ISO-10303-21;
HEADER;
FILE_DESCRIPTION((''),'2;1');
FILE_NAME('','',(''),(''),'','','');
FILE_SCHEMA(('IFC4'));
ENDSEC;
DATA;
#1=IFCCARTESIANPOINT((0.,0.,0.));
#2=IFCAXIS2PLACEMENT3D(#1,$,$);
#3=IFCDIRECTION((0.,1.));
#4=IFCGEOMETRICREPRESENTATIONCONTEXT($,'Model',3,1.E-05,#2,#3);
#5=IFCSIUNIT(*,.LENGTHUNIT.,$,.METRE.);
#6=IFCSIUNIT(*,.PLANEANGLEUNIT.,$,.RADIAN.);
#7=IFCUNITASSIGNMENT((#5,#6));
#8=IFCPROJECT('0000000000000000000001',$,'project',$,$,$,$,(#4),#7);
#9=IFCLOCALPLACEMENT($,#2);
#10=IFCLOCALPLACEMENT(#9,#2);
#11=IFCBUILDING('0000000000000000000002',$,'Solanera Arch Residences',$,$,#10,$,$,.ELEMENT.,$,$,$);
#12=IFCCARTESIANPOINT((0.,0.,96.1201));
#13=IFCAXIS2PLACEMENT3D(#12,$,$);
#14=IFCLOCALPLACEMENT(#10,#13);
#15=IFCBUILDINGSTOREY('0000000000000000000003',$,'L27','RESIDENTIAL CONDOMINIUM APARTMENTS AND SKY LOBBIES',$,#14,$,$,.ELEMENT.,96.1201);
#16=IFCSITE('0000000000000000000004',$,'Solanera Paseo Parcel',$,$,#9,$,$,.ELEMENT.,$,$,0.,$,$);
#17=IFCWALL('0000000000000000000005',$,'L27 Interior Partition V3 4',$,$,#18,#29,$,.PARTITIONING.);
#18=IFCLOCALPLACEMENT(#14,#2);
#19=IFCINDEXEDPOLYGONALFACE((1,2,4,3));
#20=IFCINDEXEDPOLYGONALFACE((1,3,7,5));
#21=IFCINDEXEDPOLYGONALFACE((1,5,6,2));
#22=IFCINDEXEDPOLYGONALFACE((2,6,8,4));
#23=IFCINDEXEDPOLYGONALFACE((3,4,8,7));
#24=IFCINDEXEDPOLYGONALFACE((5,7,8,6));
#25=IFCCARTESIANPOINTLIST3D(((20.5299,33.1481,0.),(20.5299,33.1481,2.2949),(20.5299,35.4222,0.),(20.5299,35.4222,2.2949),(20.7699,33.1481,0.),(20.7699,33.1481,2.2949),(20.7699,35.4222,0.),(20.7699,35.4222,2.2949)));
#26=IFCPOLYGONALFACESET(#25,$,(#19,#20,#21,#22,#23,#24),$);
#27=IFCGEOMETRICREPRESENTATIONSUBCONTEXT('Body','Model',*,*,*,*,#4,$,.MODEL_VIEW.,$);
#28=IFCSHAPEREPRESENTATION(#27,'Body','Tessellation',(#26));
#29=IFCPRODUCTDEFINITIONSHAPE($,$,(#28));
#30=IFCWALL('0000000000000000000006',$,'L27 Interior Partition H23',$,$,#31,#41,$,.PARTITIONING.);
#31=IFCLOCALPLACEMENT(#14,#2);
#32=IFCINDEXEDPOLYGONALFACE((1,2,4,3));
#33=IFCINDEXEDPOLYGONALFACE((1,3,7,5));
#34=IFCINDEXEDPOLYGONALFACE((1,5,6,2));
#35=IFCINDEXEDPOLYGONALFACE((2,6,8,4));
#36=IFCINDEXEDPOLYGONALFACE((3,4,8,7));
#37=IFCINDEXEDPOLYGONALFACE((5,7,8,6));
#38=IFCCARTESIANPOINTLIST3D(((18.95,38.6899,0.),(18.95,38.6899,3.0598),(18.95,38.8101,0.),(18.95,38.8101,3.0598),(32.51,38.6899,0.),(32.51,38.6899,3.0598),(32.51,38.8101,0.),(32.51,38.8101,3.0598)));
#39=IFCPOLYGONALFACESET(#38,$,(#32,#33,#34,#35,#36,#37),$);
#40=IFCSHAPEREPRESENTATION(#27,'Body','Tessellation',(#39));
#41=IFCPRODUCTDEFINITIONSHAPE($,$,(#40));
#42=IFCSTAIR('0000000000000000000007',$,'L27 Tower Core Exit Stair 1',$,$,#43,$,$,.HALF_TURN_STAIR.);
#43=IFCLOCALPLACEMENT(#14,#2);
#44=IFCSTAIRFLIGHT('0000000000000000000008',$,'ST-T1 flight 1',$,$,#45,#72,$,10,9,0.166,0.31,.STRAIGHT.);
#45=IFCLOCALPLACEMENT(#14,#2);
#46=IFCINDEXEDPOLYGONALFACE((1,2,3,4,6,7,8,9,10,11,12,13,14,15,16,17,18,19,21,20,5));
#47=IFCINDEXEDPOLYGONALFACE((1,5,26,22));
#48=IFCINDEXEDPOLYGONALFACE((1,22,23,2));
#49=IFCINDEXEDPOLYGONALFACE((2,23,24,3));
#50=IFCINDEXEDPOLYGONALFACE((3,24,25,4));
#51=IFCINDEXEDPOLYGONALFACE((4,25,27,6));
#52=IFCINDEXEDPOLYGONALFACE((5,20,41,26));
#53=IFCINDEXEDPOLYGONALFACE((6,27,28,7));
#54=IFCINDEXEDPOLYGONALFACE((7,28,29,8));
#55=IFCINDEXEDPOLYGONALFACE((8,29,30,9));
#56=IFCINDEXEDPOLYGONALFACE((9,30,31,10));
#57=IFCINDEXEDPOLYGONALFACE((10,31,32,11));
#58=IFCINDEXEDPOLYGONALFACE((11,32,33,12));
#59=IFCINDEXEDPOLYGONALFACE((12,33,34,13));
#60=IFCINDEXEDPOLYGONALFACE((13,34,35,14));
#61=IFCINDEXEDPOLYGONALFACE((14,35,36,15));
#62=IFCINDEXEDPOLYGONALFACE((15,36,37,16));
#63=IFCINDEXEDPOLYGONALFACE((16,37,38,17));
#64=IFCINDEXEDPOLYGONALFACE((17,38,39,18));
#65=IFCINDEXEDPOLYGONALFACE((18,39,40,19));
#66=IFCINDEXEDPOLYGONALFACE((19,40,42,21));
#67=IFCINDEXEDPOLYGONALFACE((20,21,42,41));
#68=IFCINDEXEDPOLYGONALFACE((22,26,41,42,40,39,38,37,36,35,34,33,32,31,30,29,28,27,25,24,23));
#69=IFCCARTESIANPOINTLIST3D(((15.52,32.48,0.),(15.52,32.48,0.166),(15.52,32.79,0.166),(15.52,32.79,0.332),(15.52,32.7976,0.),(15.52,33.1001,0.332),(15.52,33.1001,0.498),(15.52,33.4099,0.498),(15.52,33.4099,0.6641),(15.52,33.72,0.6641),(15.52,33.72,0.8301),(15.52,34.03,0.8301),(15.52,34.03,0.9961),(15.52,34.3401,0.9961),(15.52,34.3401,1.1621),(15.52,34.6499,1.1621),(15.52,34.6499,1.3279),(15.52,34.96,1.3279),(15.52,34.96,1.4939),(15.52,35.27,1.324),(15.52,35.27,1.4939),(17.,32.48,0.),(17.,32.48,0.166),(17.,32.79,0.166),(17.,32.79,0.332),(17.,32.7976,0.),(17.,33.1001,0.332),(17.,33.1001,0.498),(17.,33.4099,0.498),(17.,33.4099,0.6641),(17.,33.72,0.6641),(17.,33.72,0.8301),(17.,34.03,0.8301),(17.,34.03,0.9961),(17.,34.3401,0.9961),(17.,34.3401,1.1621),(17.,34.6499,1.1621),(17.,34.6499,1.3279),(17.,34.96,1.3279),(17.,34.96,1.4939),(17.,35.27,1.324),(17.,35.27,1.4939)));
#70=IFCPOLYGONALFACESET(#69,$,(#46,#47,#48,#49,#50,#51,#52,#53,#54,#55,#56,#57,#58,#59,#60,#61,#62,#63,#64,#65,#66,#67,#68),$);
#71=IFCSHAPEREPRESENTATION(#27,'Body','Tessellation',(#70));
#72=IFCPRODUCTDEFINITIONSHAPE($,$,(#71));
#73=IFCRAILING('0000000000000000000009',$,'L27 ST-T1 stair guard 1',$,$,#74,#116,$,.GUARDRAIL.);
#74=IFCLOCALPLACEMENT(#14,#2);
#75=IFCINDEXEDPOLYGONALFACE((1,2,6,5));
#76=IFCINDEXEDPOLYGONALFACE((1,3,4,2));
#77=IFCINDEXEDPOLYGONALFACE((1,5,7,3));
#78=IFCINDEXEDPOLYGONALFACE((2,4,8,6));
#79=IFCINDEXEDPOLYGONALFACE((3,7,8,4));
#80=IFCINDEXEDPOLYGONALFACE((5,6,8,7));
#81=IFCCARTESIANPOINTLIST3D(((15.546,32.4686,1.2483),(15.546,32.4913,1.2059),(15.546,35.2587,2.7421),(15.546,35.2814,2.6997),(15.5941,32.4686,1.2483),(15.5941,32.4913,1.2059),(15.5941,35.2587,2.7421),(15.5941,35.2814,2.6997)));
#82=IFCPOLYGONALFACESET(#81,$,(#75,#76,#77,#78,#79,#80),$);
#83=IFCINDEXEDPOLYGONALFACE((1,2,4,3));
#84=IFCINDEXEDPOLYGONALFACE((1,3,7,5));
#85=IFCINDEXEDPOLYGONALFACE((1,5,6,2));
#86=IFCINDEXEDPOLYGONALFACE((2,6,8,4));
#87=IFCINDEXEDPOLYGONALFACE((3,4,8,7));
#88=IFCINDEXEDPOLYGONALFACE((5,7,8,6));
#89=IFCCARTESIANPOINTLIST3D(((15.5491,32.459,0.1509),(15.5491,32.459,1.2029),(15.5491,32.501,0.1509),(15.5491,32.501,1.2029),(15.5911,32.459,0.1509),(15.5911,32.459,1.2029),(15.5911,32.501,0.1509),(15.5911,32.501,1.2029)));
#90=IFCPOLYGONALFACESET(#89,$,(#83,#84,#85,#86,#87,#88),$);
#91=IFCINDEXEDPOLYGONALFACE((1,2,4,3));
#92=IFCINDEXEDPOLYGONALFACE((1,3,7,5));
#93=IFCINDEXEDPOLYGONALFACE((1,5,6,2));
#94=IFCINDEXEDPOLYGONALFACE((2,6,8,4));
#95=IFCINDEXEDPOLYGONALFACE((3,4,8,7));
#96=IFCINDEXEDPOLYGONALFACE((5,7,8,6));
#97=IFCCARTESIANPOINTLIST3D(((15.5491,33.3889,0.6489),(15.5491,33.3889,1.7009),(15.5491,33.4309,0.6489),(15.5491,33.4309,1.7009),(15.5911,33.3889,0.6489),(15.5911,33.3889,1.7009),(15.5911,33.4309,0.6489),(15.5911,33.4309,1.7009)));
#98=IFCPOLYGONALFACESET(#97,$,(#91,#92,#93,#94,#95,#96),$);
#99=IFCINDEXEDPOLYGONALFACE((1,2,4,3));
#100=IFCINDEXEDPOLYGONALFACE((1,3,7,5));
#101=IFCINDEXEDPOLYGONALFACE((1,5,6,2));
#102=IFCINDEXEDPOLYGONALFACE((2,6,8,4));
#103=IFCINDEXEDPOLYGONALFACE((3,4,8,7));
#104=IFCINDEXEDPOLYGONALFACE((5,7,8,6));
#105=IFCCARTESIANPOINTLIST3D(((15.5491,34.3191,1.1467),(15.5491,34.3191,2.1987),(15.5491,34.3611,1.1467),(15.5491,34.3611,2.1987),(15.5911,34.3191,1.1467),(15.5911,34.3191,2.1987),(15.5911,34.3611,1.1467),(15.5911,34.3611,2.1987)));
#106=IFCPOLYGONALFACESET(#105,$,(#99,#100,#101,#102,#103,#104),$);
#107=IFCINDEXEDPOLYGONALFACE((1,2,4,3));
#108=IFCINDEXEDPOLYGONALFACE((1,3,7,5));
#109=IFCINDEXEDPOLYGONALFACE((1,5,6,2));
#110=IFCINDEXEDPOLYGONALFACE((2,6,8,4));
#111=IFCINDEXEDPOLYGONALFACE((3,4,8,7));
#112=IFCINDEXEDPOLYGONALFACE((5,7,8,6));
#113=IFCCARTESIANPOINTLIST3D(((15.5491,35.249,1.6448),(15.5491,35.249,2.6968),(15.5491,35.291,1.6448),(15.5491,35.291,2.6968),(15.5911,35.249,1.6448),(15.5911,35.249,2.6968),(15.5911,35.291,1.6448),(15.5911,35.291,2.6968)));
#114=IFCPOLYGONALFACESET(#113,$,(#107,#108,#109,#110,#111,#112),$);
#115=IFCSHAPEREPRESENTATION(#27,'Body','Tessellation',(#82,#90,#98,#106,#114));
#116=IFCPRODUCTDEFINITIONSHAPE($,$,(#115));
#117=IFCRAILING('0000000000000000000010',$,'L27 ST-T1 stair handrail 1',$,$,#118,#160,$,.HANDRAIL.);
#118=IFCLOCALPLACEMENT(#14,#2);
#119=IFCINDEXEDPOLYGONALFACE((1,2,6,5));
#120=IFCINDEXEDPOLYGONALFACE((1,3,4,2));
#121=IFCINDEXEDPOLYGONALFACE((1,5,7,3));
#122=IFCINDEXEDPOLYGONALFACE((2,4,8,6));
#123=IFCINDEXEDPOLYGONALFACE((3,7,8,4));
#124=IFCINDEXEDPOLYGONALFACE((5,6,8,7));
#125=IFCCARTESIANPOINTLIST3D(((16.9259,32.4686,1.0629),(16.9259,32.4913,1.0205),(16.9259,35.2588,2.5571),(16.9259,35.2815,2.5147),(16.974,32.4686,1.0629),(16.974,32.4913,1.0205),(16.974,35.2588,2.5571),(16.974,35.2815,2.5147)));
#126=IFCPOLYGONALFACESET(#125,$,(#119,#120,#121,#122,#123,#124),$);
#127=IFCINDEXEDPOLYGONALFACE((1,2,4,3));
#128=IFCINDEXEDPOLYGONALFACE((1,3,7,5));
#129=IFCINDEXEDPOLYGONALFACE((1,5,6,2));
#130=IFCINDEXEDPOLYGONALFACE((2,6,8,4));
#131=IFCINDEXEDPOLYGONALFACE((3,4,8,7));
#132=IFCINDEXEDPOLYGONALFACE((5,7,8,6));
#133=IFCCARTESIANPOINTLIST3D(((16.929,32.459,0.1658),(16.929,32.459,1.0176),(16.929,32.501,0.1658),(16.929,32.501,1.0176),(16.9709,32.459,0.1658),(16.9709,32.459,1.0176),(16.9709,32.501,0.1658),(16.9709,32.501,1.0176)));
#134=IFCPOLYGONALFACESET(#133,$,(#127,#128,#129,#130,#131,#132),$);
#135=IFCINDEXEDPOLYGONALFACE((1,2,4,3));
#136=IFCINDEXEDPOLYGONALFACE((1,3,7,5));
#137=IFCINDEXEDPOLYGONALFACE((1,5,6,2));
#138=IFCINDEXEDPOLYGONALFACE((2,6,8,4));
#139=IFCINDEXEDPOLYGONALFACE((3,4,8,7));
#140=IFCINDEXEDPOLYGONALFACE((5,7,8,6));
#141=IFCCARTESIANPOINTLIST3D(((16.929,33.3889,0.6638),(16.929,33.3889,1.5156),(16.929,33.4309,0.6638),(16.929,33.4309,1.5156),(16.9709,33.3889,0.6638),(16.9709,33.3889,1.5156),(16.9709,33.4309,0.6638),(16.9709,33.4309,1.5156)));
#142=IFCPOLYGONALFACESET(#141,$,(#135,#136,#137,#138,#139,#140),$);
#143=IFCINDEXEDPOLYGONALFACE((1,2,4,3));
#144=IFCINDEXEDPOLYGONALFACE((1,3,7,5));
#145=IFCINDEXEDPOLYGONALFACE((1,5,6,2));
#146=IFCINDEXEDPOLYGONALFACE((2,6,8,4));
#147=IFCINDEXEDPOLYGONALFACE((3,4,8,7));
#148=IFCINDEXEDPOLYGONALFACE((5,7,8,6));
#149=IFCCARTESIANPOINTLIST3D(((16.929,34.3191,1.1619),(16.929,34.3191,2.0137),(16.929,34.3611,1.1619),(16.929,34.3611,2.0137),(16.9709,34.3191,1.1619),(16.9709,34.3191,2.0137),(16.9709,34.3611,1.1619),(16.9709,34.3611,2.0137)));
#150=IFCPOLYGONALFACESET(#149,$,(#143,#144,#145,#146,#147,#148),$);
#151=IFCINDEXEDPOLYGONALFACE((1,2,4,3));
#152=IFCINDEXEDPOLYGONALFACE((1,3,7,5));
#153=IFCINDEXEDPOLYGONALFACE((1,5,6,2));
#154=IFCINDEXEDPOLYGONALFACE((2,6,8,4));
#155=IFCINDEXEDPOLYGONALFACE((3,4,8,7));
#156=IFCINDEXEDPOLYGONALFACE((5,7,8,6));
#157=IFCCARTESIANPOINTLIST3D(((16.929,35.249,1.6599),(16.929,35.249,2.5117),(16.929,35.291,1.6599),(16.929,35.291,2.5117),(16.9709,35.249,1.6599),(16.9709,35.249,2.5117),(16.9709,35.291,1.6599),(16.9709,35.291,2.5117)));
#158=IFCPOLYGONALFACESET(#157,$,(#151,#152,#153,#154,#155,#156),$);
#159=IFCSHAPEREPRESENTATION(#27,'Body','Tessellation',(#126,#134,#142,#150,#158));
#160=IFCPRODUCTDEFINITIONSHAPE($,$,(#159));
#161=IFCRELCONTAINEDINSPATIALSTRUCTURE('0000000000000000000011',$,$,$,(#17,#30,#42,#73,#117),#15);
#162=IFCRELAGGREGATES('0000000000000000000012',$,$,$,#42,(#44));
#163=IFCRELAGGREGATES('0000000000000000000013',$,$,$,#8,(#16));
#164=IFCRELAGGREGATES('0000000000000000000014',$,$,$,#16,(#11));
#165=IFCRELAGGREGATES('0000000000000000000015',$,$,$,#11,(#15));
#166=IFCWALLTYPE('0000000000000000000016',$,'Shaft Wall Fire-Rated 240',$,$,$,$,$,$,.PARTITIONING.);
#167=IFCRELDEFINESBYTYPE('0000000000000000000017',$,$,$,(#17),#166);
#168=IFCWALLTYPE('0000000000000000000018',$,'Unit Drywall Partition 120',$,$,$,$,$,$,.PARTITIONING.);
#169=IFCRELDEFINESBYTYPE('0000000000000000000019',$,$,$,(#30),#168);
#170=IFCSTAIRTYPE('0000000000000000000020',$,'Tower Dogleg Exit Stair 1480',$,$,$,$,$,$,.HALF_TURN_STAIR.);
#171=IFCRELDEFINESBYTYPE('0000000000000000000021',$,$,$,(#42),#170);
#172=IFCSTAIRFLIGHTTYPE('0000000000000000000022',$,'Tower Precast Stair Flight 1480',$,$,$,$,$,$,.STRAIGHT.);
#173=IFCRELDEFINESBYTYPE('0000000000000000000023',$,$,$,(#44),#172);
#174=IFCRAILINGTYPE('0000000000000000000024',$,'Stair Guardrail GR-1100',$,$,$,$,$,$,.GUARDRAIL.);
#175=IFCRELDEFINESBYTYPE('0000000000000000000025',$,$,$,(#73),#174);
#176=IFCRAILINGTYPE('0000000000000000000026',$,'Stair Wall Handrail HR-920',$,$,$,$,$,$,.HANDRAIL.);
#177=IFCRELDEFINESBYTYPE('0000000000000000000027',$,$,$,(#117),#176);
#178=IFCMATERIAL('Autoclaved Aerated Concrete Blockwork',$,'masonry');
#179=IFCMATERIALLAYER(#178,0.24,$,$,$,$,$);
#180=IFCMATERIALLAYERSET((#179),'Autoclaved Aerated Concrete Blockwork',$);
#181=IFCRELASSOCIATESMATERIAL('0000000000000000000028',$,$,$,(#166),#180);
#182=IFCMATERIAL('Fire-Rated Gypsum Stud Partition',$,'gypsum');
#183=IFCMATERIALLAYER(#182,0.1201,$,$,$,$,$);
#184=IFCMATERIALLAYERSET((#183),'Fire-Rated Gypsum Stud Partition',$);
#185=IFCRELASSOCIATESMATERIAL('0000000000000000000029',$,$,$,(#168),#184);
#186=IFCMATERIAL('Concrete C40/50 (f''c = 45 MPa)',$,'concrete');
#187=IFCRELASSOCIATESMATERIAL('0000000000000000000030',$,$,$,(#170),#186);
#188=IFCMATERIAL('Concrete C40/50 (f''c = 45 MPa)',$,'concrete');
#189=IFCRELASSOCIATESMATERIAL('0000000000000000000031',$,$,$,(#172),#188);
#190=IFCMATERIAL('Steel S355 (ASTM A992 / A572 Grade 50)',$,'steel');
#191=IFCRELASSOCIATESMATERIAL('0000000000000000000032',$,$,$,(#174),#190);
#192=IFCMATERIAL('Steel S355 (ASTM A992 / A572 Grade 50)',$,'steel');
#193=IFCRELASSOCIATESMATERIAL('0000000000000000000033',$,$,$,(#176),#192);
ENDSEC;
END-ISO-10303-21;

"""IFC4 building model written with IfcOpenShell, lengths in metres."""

from ifc_helpers import new_model, si_unit, direction, frame, frame_2d, origin, origin_2d, place, context, subcontext, project, spatial, polyline, rectangle, outline, extrude, material, layer, layer_set, type_object, element, aggregate, save


model = new_model("IFC4")

# Units and contexts
model_context = context("Model", 3, precision=1e-05, world=origin(), true_north=direction((0.0, 1.0)))
body_context = subcontext(model_context, "Body", "Model", "MODEL_VIEW")
ifc_project = project(units=[si_unit("LENGTHUNIT", "METRE"), si_unit("PLANEANGLEUNIT", "RADIAN")], contexts=[model_context])

# Site, building, storey
site_placement = place(None, origin())
site = spatial("IfcSite", under=ifc_project, at=site_placement, Name="Solanera Paseo Parcel", CompositionType="ELEMENT", RefElevation=0.0)
building_placement = place(site_placement, origin())
building = spatial("IfcBuilding", under=site, at=building_placement, Name="Solanera Arch Residences", CompositionType="ELEMENT")
storey_placement = place(building_placement, frame((0.0, 0.0, 96.1201)))
storey = spatial("IfcBuildingStorey", under=building, at=storey_placement, Name="L27", Description="RESIDENTIAL CONDOMINIUM APARTMENTS AND SKY LOBBIES", CompositionType="ELEMENT", Elevation=96.1201)

# Shared definitions
ifc_material_1 = material(Name="Autoclaved Aerated Concrete Blockwork", Category="masonry")
ifc_layer_1 = layer(ifc_material_1, 0.24)
ifc_layer_set_1 = layer_set([ifc_layer_1], Name="Autoclaved Aerated Concrete Blockwork")
wall_type_1 = type_object("IfcWallType", Name="Shaft Wall Fire-Rated 240", PredefinedType="PARTITIONING", material=ifc_layer_set_1)

# Walls
wall_1_placement = place(storey_placement, frame((20.6499, 33.1479, 0.0), z_axis=(0.0, 0.0, 1.0), x_axis=(0.0, 1.0, 0.0)))
element("IfcWall", 1, at=wall_1_placement, inside=storey, type_object=wall_type_1, Name="L27 Interior Partition V3 4", PredefinedType="PARTITIONING", context=body_context, shape_type="SweptSolid", body=[
    extrude(rectangle(XDim=2.2742, YDim=0.24, at=frame_2d((1.1372, 0.0))), origin(), (0.0, 0.0, 1.0), 2.2949),
])
ifc_material_2 = material(Name="Fire-Rated Gypsum Stud Partition", Category="gypsum")
ifc_layer_2 = layer(ifc_material_2, 0.1201)
ifc_layer_set_2 = layer_set([ifc_layer_2], Name="Fire-Rated Gypsum Stud Partition")
wall_type_2 = type_object("IfcWallType", Name="Unit Drywall Partition 120", PredefinedType="PARTITIONING", material=ifc_layer_set_2)
wall_2_placement = place(storey_placement, frame((18.95, 38.75, 0.0), z_axis=(0.0, 0.0, 1.0), x_axis=(1.0, 0.0, 0.0)))
element("IfcWall", 2, at=wall_2_placement, inside=storey, type_object=wall_type_2, Name="L27 Interior Partition H23", PredefinedType="PARTITIONING", context=body_context, shape_type="SweptSolid", body=[
    extrude(rectangle(XDim=13.5601, YDim=0.1201, at=frame_2d((6.78, 0.0))), origin(), (0.0, 0.0, 1.0), 3.0598),
])

# Stair, stair flight
ifc_material_3 = material(Name="Concrete C40/50 (f'c = 45 MPa)", Category="concrete")
stair_type = type_object("IfcStairType", Name="Tower Dogleg Exit Stair 1480", PredefinedType="HALF_TURN_STAIR", material=ifc_material_3)
stair_placement = place(storey_placement, origin())
stair = element("IfcStair", 3, at=stair_placement, inside=storey, type_object=stair_type, Name="L27 Tower Core Exit Stair 1", PredefinedType="HALF_TURN_STAIR")
ifc_material_4 = material(Name="Concrete C40/50 (f'c = 45 MPa)", Category="concrete")
stair_flight_type = type_object("IfcStairFlightType", Name="Tower Precast Stair Flight 1480", PredefinedType="STRAIGHT", material=ifc_material_4)
stair_flight_placement = place(storey_placement, frame((16.26, 32.48, 0.0), z_axis=(0.0, 0.0, 1.0), x_axis=(0.0, 1.0, 0.0)))
stair_flight = element("IfcStairFlight", 4, at=stair_flight_placement, type_object=stair_flight_type, Name="ST-T1 flight 1", NumberOfRisers=10, NumberOfTreads=9, PredefinedType="STRAIGHT", RiserHeight=0.166, TreadLength=0.31, context=body_context, shape_type="SweptSolid", body=[
    extrude(outline(polyline([(0.0, 0.0), (0.0, 0.166), (0.3101, 0.166), (0.3101, 0.332), (0.6201, 0.332), (0.6201, 0.498), (0.9299, 0.498), (0.9299, 0.6641), (1.24, 0.6641), (1.24, 0.8301), (1.55, 0.8301), (1.55, 0.9961), (1.8601, 0.9961), (1.8601, 1.1621), (2.1699, 1.1621), (2.1699, 1.3279), (2.48, 1.3279), (2.48, 1.4939), (2.79, 1.4939), (2.79, 1.6599), (2.79, 1.324), (0.3176, 0.0), (0.0, 0.0)])), frame((0.0, 0.74, 0.0), z_axis=(0.0, -1.0, 0.0), x_axis=(1.0, 0.0, 0.0)), (0.0, 0.0, 1.0), 1.48),
])
aggregate(stair, [stair_flight])

# Railings
ifc_material_5 = material(Name="Steel S355 (ASTM A992 / A572 Grade 50)", Category="steel")
railing_type_1 = type_object("IfcRailingType", Name="Stair Guardrail GR-1100", PredefinedType="GUARDRAIL", material=ifc_material_5)
railing_1_placement = place(storey_placement, frame((15.5701, 32.48, 0.1509)))
element("IfcRailing", 5, at=railing_1_placement, inside=storey, type_object=railing_type_1, Name="L27 ST-T1 stair guard 1", PredefinedType="GUARDRAIL", context=body_context, shape_type="SweptSolid", body=[
    extrude(rectangle(XDim=0.0481, YDim=0.0481, at=origin_2d()), frame((0.0, 0.0, 1.0762), z_axis=(0.0, 0.881581, 0.472033), x_axis=(-1.0, 0.0, 0.0)), (0.0, 0.0, 1.0), 3.1648),
    extrude(rectangle(XDim=0.042, YDim=0.042, at=origin_2d()), origin(), (0.0, 0.0, 1.0), 1.052),
    extrude(rectangle(XDim=0.042, YDim=0.042, at=origin_2d()), frame((0.0, 0.9299, 0.498)), (0.0, 0.0, 1.0), 1.052),
    extrude(rectangle(XDim=0.042, YDim=0.042, at=origin_2d()), frame((0.0, 1.8601, 0.9958)), (0.0, 0.0, 1.0), 1.052),
    extrude(rectangle(XDim=0.042, YDim=0.042, at=origin_2d()), frame((0.0, 2.79, 1.4939)), (0.0, 0.0, 1.0), 1.052),
])
ifc_material_6 = material(Name="Steel S355 (ASTM A992 / A572 Grade 50)", Category="steel")
railing_type_2 = type_object("IfcRailingType", Name="Stair Wall Handrail HR-920", PredefinedType="HANDRAIL", material=ifc_material_6)
railing_2_placement = place(storey_placement, frame((16.95, 32.48, 0.1658)))
element("IfcRailing", 6, at=railing_2_placement, inside=storey, type_object=railing_type_2, Name="L27 ST-T1 stair handrail 1", PredefinedType="HANDRAIL", context=body_context, shape_type="SweptSolid", body=[
    extrude(rectangle(XDim=0.0481, YDim=0.0481, at=origin_2d()), frame((0.0, 0.0, 0.876), z_axis=(0.0, 0.881549, 0.472093), x_axis=(-1.0, 0.0, 0.0)), (0.0, 0.0, 1.0), 3.165),
    extrude(rectangle(XDim=0.042, YDim=0.042, at=origin_2d()), origin(), (0.0, 0.0, 1.0), 0.8518),
    extrude(rectangle(XDim=0.042, YDim=0.042, at=origin_2d()), frame((0.0, 0.9299, 0.498)), (0.0, 0.0, 1.0), 0.8518),
    extrude(rectangle(XDim=0.042, YDim=0.042, at=origin_2d()), frame((0.0, 1.8601, 0.9961)), (0.0, 0.0, 1.0), 0.8518),
    extrude(rectangle(XDim=0.042, YDim=0.042, at=origin_2d()), frame((0.0, 2.79, 1.4941)), (0.0, 0.0, 1.0), 0.8518),
])

save(model, "model.ifc")
